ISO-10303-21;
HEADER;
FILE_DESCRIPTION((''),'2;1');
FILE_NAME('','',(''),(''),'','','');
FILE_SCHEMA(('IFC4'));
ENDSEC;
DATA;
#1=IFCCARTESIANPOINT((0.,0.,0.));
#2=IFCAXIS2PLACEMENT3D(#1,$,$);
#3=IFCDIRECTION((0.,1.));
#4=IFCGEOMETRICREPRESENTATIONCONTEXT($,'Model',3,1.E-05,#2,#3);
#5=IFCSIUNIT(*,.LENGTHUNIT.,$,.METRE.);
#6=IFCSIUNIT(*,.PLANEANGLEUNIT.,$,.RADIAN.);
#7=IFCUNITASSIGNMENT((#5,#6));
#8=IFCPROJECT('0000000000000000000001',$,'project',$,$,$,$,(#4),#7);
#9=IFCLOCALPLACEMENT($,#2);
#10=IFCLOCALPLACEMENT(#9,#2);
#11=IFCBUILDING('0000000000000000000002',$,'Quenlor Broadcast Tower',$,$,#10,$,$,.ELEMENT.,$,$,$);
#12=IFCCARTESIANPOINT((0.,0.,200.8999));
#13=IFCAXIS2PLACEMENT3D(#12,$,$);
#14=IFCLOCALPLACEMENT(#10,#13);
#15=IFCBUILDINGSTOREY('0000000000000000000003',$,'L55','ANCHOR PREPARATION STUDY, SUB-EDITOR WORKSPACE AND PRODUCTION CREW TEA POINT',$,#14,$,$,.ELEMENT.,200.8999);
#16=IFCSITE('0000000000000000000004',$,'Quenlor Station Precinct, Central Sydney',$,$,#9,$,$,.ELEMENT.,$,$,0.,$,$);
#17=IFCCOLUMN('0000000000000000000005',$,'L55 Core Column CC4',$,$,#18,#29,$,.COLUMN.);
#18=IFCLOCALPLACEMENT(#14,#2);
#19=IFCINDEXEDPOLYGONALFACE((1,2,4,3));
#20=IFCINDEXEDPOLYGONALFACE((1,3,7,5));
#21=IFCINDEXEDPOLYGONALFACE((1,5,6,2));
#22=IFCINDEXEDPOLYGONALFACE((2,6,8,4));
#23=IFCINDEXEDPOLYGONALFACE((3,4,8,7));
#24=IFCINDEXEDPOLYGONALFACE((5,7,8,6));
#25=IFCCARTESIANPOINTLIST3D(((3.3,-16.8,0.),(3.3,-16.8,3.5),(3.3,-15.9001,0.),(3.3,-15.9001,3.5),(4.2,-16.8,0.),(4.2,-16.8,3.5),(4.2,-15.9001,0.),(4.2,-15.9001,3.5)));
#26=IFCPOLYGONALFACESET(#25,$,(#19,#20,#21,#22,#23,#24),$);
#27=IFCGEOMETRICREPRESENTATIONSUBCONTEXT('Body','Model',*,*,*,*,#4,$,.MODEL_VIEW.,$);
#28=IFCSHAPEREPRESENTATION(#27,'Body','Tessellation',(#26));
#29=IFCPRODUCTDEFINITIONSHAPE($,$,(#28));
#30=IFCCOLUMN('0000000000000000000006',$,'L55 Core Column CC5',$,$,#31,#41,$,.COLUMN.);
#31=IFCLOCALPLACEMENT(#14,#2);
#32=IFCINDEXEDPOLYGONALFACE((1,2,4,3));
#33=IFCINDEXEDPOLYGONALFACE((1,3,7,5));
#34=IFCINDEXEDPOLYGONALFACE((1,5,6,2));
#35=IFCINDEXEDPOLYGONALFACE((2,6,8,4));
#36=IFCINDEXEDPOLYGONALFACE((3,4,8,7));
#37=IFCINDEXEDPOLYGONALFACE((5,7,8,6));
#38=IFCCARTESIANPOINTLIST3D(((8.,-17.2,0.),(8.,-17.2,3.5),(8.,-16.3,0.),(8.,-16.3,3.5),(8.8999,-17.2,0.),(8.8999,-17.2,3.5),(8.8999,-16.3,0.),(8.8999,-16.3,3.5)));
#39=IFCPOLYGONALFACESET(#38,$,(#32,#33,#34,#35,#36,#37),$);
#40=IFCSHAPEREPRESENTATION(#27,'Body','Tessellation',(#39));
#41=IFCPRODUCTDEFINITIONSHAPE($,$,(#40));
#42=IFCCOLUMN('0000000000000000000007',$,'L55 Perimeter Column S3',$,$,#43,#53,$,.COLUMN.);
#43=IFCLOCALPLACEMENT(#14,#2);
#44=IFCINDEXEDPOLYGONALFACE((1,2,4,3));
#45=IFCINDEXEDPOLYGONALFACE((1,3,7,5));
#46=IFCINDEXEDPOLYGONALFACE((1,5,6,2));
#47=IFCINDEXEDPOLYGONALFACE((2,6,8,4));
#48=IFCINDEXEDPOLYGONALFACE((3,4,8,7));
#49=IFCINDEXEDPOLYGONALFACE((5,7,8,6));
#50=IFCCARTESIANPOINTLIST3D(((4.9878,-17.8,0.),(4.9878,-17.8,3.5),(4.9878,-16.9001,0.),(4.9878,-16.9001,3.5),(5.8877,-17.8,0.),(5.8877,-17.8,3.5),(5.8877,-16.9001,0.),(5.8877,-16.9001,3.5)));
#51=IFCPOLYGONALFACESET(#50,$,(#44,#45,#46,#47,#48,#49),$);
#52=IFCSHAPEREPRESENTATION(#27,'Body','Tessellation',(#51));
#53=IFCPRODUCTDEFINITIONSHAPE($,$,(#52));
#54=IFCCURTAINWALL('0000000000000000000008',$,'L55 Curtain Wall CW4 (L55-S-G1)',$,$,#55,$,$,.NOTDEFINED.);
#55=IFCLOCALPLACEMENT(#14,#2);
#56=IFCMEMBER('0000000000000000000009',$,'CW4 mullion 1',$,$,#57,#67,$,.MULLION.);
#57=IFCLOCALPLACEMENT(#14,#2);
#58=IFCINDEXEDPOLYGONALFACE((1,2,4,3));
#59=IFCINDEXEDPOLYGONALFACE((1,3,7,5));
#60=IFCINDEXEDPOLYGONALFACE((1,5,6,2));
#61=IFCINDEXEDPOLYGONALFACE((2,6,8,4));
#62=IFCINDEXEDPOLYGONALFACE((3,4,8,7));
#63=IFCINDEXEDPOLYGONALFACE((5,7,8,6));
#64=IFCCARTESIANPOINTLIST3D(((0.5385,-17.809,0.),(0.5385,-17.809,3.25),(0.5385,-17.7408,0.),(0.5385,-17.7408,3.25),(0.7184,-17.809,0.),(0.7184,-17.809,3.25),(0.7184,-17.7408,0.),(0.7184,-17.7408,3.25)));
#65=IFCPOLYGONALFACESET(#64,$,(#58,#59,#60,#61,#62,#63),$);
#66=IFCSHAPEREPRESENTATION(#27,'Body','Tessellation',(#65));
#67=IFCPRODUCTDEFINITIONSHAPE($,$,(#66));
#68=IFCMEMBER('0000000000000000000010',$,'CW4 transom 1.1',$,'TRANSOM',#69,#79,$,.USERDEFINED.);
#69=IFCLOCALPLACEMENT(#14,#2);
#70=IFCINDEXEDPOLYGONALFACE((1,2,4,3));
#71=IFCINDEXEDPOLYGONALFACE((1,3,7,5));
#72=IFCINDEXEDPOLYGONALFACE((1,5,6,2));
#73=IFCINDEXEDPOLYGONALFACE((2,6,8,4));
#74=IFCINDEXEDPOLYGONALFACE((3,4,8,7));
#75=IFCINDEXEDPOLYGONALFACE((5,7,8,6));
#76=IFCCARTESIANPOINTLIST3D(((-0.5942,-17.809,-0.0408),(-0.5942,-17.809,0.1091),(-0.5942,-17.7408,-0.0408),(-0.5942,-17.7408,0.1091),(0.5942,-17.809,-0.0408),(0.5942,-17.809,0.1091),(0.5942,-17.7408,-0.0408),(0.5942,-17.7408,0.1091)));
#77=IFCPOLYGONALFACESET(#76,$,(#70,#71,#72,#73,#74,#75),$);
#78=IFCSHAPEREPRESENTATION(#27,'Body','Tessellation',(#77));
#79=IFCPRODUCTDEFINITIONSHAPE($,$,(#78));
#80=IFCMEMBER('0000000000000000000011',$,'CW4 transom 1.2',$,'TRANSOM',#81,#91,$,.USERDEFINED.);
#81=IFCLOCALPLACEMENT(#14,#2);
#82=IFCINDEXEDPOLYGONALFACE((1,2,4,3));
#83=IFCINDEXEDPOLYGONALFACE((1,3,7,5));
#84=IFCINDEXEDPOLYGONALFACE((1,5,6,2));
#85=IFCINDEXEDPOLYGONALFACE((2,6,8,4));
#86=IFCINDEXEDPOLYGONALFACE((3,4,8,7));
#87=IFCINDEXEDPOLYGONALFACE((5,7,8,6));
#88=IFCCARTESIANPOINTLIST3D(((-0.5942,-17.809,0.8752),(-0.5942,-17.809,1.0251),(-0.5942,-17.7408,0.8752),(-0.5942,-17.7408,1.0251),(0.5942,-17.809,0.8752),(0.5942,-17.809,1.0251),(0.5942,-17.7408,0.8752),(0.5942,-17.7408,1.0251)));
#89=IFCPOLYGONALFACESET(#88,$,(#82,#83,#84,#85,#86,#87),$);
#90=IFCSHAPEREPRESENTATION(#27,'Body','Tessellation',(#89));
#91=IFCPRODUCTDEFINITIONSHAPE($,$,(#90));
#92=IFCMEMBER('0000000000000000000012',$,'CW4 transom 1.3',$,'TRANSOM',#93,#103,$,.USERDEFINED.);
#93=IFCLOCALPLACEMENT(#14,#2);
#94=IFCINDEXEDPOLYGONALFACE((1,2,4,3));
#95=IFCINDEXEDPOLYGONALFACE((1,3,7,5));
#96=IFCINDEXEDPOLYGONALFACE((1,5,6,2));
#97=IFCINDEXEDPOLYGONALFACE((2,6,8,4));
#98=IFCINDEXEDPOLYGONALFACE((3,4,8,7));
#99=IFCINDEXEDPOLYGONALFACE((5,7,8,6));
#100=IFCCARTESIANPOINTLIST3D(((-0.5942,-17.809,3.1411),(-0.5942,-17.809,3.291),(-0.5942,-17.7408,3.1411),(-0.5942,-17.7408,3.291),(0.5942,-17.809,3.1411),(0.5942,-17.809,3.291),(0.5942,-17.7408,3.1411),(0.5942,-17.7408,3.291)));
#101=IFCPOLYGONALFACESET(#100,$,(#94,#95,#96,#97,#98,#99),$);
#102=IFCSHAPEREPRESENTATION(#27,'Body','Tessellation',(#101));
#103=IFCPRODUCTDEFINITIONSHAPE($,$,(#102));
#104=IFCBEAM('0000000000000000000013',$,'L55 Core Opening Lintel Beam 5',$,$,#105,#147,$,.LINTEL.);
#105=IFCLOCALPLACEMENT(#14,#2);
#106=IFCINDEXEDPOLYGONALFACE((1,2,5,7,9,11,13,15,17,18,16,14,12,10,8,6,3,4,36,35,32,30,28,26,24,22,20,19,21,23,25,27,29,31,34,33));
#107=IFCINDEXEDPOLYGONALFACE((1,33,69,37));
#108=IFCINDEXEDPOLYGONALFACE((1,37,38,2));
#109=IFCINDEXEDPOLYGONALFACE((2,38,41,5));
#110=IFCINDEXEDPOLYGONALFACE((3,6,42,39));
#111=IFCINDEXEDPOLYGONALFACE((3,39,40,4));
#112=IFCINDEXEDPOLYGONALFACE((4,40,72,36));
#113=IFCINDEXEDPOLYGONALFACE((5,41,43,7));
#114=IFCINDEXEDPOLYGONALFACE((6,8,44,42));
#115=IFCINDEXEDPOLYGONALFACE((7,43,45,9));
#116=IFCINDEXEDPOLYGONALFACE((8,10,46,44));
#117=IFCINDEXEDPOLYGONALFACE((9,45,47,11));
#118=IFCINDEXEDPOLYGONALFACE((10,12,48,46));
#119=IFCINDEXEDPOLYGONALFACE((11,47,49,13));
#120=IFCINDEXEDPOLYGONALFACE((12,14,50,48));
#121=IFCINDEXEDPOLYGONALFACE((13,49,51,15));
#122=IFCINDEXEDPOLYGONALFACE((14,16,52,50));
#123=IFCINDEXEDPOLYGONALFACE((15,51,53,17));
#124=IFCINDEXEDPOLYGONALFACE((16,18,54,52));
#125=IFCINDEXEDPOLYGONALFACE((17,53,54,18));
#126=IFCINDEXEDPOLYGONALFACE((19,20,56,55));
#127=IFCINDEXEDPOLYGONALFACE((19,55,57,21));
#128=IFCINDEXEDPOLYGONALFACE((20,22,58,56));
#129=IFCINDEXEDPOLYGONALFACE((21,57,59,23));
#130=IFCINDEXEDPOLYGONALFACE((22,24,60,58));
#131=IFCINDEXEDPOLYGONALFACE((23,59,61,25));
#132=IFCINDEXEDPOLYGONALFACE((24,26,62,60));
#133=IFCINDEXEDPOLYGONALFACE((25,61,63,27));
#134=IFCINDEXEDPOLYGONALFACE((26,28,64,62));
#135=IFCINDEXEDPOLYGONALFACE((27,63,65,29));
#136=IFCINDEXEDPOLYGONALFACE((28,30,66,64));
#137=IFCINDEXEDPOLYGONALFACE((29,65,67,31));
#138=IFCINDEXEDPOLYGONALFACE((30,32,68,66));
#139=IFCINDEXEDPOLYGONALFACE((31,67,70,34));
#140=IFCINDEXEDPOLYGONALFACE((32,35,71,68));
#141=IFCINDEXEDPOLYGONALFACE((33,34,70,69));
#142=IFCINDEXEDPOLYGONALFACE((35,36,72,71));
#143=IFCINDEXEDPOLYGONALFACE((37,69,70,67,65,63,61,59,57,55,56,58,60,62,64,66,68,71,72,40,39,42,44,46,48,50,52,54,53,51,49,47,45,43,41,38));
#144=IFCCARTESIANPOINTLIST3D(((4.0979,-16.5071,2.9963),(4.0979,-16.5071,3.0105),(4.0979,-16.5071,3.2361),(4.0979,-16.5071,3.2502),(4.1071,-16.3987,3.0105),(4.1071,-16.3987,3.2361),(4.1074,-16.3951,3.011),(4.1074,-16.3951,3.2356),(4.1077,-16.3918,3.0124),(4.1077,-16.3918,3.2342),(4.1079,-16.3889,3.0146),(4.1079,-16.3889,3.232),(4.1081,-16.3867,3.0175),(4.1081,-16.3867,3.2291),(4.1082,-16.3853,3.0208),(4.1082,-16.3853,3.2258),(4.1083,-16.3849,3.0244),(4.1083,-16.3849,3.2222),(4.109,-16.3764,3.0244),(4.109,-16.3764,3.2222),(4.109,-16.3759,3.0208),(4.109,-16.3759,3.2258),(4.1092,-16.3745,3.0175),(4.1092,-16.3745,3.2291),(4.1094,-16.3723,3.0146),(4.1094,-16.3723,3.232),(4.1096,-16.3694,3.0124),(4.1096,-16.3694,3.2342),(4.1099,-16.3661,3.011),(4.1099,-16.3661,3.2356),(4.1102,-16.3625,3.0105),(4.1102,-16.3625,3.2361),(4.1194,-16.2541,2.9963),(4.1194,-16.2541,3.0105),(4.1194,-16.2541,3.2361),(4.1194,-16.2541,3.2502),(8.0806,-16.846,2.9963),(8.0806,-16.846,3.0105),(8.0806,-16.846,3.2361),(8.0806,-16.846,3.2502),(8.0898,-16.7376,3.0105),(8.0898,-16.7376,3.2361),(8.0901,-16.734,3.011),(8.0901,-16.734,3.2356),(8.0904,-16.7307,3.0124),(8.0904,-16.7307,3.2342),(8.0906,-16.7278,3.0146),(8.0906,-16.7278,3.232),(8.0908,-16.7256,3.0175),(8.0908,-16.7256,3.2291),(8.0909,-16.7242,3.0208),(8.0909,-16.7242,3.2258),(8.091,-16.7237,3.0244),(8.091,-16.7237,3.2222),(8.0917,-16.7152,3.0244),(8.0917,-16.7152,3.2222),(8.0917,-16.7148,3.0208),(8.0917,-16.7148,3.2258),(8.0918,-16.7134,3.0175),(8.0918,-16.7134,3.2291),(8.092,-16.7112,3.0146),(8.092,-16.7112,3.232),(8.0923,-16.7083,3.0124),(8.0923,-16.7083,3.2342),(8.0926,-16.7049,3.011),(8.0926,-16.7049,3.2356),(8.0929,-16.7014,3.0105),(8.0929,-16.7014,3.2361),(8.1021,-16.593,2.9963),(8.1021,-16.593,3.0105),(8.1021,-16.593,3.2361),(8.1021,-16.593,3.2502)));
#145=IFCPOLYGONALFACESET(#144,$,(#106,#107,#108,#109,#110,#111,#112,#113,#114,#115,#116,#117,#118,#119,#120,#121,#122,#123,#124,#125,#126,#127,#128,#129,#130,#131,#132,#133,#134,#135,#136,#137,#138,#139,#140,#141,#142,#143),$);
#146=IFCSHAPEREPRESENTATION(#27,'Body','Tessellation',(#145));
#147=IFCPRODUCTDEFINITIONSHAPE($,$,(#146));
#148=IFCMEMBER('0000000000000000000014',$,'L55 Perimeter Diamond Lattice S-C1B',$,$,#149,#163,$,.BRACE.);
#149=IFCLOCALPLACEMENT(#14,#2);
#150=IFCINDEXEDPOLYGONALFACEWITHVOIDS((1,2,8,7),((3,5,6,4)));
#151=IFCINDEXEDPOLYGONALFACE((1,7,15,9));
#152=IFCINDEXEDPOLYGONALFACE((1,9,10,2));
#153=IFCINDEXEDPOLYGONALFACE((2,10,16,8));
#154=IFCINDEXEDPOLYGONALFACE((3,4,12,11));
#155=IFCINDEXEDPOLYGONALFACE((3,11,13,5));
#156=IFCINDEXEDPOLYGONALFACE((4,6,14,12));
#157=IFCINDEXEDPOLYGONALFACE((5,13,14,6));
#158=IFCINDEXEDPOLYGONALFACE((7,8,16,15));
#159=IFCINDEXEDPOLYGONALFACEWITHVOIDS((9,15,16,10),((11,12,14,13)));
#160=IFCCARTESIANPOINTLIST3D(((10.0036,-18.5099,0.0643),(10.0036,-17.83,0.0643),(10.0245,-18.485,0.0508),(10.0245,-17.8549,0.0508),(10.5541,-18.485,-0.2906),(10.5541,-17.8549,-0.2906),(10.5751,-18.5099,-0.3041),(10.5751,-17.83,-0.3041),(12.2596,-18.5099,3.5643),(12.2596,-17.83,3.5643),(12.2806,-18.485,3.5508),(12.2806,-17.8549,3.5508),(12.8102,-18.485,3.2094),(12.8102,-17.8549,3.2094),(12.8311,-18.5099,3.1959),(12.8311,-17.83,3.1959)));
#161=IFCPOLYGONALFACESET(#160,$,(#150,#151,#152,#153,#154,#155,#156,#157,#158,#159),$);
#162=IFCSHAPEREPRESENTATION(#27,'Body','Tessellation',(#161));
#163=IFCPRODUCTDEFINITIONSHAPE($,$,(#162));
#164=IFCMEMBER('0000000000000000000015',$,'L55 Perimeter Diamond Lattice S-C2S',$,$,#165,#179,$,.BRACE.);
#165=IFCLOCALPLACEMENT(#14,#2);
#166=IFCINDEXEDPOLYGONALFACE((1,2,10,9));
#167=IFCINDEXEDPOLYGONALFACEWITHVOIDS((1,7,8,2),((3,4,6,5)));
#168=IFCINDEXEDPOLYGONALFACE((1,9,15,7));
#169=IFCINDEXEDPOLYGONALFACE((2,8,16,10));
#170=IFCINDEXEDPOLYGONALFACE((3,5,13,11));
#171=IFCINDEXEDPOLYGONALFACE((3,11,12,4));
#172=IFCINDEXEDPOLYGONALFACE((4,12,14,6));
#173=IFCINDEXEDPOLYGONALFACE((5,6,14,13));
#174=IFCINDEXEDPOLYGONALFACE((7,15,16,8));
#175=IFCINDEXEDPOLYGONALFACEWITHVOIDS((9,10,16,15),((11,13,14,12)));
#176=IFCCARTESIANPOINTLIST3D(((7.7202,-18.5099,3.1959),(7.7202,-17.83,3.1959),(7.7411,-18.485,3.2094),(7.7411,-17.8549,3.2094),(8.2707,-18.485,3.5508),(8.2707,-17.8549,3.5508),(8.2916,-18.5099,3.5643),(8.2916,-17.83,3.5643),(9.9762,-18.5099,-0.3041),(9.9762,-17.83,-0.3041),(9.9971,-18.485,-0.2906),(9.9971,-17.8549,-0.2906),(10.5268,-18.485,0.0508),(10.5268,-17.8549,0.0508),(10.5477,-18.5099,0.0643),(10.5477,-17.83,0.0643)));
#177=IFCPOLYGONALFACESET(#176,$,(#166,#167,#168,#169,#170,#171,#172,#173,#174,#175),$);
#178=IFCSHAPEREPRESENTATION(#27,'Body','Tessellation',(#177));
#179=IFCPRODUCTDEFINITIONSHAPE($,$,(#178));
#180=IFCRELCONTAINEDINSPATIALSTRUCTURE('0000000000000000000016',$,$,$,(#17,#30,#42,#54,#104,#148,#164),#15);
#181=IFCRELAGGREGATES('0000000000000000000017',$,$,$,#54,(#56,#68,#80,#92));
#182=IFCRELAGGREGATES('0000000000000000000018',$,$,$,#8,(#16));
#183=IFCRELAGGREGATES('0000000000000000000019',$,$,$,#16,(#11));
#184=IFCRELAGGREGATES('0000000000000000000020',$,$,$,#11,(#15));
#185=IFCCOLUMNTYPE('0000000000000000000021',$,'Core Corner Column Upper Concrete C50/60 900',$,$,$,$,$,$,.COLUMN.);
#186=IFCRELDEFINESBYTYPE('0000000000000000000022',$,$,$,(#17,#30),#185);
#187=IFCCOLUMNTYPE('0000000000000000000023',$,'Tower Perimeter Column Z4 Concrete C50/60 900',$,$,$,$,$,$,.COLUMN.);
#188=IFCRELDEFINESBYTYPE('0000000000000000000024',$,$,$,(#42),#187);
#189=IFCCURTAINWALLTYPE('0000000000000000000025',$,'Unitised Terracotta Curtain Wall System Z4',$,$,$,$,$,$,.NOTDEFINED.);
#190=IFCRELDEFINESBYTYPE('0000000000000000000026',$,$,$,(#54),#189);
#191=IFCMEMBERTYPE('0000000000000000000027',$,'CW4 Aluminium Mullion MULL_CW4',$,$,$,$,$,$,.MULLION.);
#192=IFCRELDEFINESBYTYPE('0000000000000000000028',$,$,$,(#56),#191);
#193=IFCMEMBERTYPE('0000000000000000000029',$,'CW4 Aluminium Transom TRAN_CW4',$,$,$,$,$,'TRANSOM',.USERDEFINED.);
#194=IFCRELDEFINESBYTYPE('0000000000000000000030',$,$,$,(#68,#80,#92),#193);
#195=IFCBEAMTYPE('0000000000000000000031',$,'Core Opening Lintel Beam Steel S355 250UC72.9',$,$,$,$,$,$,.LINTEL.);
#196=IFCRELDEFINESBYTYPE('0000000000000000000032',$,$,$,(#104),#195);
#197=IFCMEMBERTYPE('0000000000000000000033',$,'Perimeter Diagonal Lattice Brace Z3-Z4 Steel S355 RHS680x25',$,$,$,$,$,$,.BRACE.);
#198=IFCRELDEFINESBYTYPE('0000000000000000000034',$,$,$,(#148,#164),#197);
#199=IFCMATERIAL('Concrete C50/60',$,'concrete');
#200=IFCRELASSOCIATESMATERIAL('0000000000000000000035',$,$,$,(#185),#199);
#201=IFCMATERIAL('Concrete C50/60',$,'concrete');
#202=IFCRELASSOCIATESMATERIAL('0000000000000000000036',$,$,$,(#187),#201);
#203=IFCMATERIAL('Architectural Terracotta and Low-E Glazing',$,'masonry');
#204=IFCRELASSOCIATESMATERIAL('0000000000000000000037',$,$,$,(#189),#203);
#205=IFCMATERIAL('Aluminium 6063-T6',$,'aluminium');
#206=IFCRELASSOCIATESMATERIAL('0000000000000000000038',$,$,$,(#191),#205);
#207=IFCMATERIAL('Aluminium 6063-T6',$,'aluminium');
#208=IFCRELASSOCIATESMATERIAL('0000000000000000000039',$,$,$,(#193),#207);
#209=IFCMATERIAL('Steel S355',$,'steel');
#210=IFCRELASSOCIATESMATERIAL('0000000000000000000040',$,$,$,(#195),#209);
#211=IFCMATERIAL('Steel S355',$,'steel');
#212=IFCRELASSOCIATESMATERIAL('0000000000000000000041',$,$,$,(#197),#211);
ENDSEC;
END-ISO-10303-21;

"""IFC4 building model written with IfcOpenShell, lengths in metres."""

from ifc_helpers import new_model, si_unit, direction, frame, origin, origin_2d, place, context, subcontext, project, spatial, rectangle, hollow_rectangle, i_section, extrude, material, material_profile, profile_set, type_object, element, aggregate, save


model = new_model("IFC4")

# Units and contexts
model_context = context("Model", 3, precision=1e-05, world=origin(), true_north=direction((0.0, 1.0)))
body_context = subcontext(model_context, "Body", "Model", "MODEL_VIEW")
ifc_project = project(units=[si_unit("LENGTHUNIT", "METRE"), si_unit("PLANEANGLEUNIT", "RADIAN")], contexts=[model_context])

# Site, building, storey
site_placement = place(None, origin())
site = spatial("IfcSite", under=ifc_project, at=site_placement, Name="Quenlor Station Precinct, Central Sydney", CompositionType="ELEMENT", RefElevation=0.0)
building_placement = place(site_placement, origin())
building = spatial("IfcBuilding", under=site, at=building_placement, Name="Quenlor Broadcast Tower", CompositionType="ELEMENT")
storey_placement = place(building_placement, frame((0.0, 0.0, 200.8999)))
storey = spatial("IfcBuildingStorey", under=building, at=storey_placement, Name="L55", Description="ANCHOR PREPARATION STUDY, SUB-EDITOR WORKSPACE AND PRODUCTION CREW TEA POINT", CompositionType="ELEMENT", Elevation=200.8999)

# Columns
ifc_material_1 = material(Name="Concrete C50/60", Category="concrete")
ifc_material_profile_1 = material_profile(ifc_material_1, rectangle(XDim=0.8999, YDim=0.8999, at=origin_2d()))
ifc_profile_set_1 = profile_set([ifc_material_profile_1], Name="Concrete C50/60 RC900x900")
column_type_1 = type_object("IfcColumnType", Name="Core Corner Column Upper Concrete C50/60 900", PredefinedType="COLUMN", material=ifc_profile_set_1)
for number, where, z_axis, x_axis, name in (
    (1, (3.75, -16.3501, 0.0), (0.0, 0.0, 1.0), (1.0, 0.0, 0.0), "L55 Core Column CC4"),
    (2, (8.45, -16.75, 0.0), (0.0, 0.0, 1.0), (1.0, 0.0, 0.0), "L55 Core Column CC5"),
):
    element("IfcColumn", number, at=place(storey_placement, frame(where, z_axis=z_axis, x_axis=x_axis)), inside=storey, type_object=column_type_1, Name=name, PredefinedType="COLUMN", context=body_context, shape_type="SweptSolid", body=[
        extrude(rectangle(XDim=0.8999, YDim=0.8999, at=origin_2d()), origin(), (0.0, 0.0, 1.0), 3.5),
    ])
ifc_material_2 = material(Name="Concrete C50/60", Category="concrete")
ifc_material_profile_2 = material_profile(ifc_material_2, rectangle(XDim=0.8999, YDim=0.8999, at=origin_2d()))
ifc_profile_set_2 = profile_set([ifc_material_profile_2], Name="Concrete C50/60 RC900x900")
column_type_2 = type_object("IfcColumnType", Name="Tower Perimeter Column Z4 Concrete C50/60 900", PredefinedType="COLUMN", material=ifc_profile_set_2)
column_placement = place(storey_placement, frame((5.4377, -17.3501, 0.0), z_axis=(0.0, 0.0, 1.0), x_axis=(0.0, 1.0, 0.0)))
element("IfcColumn", 3, at=column_placement, inside=storey, type_object=column_type_2, Name="L55 Perimeter Column S3", PredefinedType="COLUMN", context=body_context, shape_type="SweptSolid", body=[
    extrude(rectangle(XDim=0.8999, YDim=0.8999, at=origin_2d()), origin(), (0.0, 0.0, 1.0), 3.5),
])

# Curtain wall, members
ifc_material_3 = material(Name="Architectural Terracotta and Low-E Glazing", Category="masonry")
curtain_wall_type = type_object("IfcCurtainWallType", Name="Unitised Terracotta Curtain Wall System Z4", PredefinedType="NOTDEFINED", material=ifc_material_3)
curtain_wall_placement = place(storey_placement, origin())
curtain_wall = element("IfcCurtainWall", 4, at=curtain_wall_placement, inside=storey, type_object=curtain_wall_type, Name="L55 Curtain Wall CW4 (L55-S-G1)", PredefinedType="NOTDEFINED")
ifc_material_4 = material(Name="Aluminium 6063-T6", Category="aluminium")
ifc_material_profile_3 = material_profile(ifc_material_4, rectangle(XDim=0.0681, YDim=0.1799, at=origin_2d()))
ifc_profile_set_3 = profile_set([ifc_material_profile_3], Name="Aluminium 6063-T6 MULL68x180")
member_type_1 = type_object("IfcMemberType", Name="CW4 Aluminium Mullion MULL_CW4", PredefinedType="MULLION", material=ifc_profile_set_3)
member_1_placement = place(storey_placement, frame((0.6284, -17.7749, 0.0), z_axis=(0.0, 0.0, 1.0), x_axis=(0.0, -1.0, 0.0)))
member_1 = element("IfcMember", 5, at=member_1_placement, type_object=member_type_1, Name="CW4 mullion 1", PredefinedType="MULLION", context=body_context, shape_type="SweptSolid", body=[
    extrude(rectangle(XDim=0.0681, YDim=0.1799, at=origin_2d()), origin(), (0.0, 0.0, 1.0), 3.25),
])
ifc_material_5 = material(Name="Aluminium 6063-T6", Category="aluminium")
ifc_material_profile_4 = material_profile(ifc_material_5, rectangle(XDim=0.0681, YDim=0.1499, at=origin_2d()))
ifc_profile_set_4 = profile_set([ifc_material_profile_4], Name="Aluminium 6063-T6 TRAN68x150")
member_type_2 = type_object("IfcMemberType", Name="CW4 Aluminium Transom TRAN_CW4", ElementType="TRANSOM", PredefinedType="USERDEFINED", material=ifc_profile_set_4)
member_2_placement = place(storey_placement, frame((0.5942, -17.7749, 0.0342), z_axis=(-1.0, 0.0, 0.0), x_axis=(0.0, -1.0, 0.0)))
member_2 = element("IfcMember", 6, at=member_2_placement, type_object=member_type_2, Name="CW4 transom 1.1", ObjectType="TRANSOM", PredefinedType="USERDEFINED", context=body_context, shape_type="SweptSolid", body=[
    extrude(rectangle(XDim=0.0681, YDim=0.1499, at=origin_2d()), origin(), (0.0, 0.0, 1.0), 1.1885),
])
member_3_placement = place(storey_placement, frame((0.5942, -17.7749, 0.9502), z_axis=(-1.0, 0.0, 0.0), x_axis=(0.0, -1.0, 0.0)))
member_3 = element("IfcMember", 7, at=member_3_placement, type_object=member_type_2, Name="CW4 transom 1.2", ObjectType="TRANSOM", PredefinedType="USERDEFINED", context=body_context, shape_type="SweptSolid", body=[
    extrude(rectangle(XDim=0.0681, YDim=0.1499, at=origin_2d()), origin(), (0.0, 0.0, 1.0), 1.1885),
])
member_4_placement = place(storey_placement, frame((0.5942, -17.7749, 3.2161), z_axis=(-1.0, 0.0, 0.0), x_axis=(0.0, -1.0, 0.0)))
member_4 = element("IfcMember", 8, at=member_4_placement, type_object=member_type_2, Name="CW4 transom 1.3", ObjectType="TRANSOM", PredefinedType="USERDEFINED", context=body_context, shape_type="SweptSolid", body=[
    extrude(rectangle(XDim=0.0681, YDim=0.1499, at=origin_2d()), origin(), (0.0, 0.0, 1.0), 1.1885),
])
aggregate(curtain_wall, [member_1, member_2, member_3, member_4])

# Beam
ifc_material_6 = material(Name="Steel S355", Category="steel")
ifc_material_profile_5 = material_profile(ifc_material_6, i_section(OverallWidth=0.2539, OverallDepth=0.2539, WebThickness=0.0085, FlangeThickness=0.0142, FilletRadius=0.0139, at=origin_2d()))
ifc_profile_set_5 = profile_set([ifc_material_profile_5], Name="Steel S355 250UC72.9")
beam_type_1 = type_object("IfcBeamType", Name="Core Opening Lintel Beam Steel S355 250UC72.9", PredefinedType="LINTEL", material=ifc_profile_set_5)
beam_1_placement = place(storey_placement, frame((4.1086, -16.3806, 3.1233), z_axis=(0.9964, -0.084779, 0.0), x_axis=(0.084779, 0.9964, 0.0)))
element("IfcBeam", 9, at=beam_1_placement, inside=storey, type_object=beam_type_1, Name="L55 Core Opening Lintel Beam 5", PredefinedType="LINTEL", context=body_context, shape_type="SweptSolid", body=[
    extrude(i_section(OverallWidth=0.2539, OverallDepth=0.2539, WebThickness=0.0085, FlangeThickness=0.0142, FilletRadius=0.0139, at=origin_2d()), origin(), (0.0, 0.0, 1.0), 3.9971),
])

# Members
ifc_material_7 = material(Name="Steel S355", Category="steel")
ifc_material_profile_6 = material_profile(ifc_material_7, hollow_rectangle(XDim=0.6799, YDim=0.6799, WallThickness=0.0249, at=origin_2d()))
ifc_profile_set_6 = profile_set([ifc_material_profile_6], Name="Steel S355 RHS680x680x25")
member_type_3 = type_object("IfcMemberType", Name="Perimeter Diagonal Lattice Brace Z3-Z4 Steel S355 RHS680x25", PredefinedType="BRACE", material=ifc_profile_set_6)
for number, where, z_axis, x_axis, name in (
    (10, (10.2893, -18.1699, -0.1199), (0.541794, 0.0, 0.840511), (0.0, 1.0, 0.0), "L55 Perimeter Diamond Lattice S-C1B"),
    (11, (10.262, -18.1699, -0.1199), (-0.541794, 0.0, 0.840511), (0.0, -1.0, 0.0), "L55 Perimeter Diamond Lattice S-C2S"),
):
    element("IfcMember", number, at=place(storey_placement, frame(where, z_axis=z_axis, x_axis=x_axis)), inside=storey, type_object=member_type_3, Name=name, PredefinedType="BRACE", context=body_context, shape_type="SweptSolid", body=[
        extrude(hollow_rectangle(XDim=0.6799, YDim=0.6799, WallThickness=0.0249, at=origin_2d()), origin(), (0.0, 0.0, 1.0), 4.1641),
    ])

save(model, "model.ifc")
